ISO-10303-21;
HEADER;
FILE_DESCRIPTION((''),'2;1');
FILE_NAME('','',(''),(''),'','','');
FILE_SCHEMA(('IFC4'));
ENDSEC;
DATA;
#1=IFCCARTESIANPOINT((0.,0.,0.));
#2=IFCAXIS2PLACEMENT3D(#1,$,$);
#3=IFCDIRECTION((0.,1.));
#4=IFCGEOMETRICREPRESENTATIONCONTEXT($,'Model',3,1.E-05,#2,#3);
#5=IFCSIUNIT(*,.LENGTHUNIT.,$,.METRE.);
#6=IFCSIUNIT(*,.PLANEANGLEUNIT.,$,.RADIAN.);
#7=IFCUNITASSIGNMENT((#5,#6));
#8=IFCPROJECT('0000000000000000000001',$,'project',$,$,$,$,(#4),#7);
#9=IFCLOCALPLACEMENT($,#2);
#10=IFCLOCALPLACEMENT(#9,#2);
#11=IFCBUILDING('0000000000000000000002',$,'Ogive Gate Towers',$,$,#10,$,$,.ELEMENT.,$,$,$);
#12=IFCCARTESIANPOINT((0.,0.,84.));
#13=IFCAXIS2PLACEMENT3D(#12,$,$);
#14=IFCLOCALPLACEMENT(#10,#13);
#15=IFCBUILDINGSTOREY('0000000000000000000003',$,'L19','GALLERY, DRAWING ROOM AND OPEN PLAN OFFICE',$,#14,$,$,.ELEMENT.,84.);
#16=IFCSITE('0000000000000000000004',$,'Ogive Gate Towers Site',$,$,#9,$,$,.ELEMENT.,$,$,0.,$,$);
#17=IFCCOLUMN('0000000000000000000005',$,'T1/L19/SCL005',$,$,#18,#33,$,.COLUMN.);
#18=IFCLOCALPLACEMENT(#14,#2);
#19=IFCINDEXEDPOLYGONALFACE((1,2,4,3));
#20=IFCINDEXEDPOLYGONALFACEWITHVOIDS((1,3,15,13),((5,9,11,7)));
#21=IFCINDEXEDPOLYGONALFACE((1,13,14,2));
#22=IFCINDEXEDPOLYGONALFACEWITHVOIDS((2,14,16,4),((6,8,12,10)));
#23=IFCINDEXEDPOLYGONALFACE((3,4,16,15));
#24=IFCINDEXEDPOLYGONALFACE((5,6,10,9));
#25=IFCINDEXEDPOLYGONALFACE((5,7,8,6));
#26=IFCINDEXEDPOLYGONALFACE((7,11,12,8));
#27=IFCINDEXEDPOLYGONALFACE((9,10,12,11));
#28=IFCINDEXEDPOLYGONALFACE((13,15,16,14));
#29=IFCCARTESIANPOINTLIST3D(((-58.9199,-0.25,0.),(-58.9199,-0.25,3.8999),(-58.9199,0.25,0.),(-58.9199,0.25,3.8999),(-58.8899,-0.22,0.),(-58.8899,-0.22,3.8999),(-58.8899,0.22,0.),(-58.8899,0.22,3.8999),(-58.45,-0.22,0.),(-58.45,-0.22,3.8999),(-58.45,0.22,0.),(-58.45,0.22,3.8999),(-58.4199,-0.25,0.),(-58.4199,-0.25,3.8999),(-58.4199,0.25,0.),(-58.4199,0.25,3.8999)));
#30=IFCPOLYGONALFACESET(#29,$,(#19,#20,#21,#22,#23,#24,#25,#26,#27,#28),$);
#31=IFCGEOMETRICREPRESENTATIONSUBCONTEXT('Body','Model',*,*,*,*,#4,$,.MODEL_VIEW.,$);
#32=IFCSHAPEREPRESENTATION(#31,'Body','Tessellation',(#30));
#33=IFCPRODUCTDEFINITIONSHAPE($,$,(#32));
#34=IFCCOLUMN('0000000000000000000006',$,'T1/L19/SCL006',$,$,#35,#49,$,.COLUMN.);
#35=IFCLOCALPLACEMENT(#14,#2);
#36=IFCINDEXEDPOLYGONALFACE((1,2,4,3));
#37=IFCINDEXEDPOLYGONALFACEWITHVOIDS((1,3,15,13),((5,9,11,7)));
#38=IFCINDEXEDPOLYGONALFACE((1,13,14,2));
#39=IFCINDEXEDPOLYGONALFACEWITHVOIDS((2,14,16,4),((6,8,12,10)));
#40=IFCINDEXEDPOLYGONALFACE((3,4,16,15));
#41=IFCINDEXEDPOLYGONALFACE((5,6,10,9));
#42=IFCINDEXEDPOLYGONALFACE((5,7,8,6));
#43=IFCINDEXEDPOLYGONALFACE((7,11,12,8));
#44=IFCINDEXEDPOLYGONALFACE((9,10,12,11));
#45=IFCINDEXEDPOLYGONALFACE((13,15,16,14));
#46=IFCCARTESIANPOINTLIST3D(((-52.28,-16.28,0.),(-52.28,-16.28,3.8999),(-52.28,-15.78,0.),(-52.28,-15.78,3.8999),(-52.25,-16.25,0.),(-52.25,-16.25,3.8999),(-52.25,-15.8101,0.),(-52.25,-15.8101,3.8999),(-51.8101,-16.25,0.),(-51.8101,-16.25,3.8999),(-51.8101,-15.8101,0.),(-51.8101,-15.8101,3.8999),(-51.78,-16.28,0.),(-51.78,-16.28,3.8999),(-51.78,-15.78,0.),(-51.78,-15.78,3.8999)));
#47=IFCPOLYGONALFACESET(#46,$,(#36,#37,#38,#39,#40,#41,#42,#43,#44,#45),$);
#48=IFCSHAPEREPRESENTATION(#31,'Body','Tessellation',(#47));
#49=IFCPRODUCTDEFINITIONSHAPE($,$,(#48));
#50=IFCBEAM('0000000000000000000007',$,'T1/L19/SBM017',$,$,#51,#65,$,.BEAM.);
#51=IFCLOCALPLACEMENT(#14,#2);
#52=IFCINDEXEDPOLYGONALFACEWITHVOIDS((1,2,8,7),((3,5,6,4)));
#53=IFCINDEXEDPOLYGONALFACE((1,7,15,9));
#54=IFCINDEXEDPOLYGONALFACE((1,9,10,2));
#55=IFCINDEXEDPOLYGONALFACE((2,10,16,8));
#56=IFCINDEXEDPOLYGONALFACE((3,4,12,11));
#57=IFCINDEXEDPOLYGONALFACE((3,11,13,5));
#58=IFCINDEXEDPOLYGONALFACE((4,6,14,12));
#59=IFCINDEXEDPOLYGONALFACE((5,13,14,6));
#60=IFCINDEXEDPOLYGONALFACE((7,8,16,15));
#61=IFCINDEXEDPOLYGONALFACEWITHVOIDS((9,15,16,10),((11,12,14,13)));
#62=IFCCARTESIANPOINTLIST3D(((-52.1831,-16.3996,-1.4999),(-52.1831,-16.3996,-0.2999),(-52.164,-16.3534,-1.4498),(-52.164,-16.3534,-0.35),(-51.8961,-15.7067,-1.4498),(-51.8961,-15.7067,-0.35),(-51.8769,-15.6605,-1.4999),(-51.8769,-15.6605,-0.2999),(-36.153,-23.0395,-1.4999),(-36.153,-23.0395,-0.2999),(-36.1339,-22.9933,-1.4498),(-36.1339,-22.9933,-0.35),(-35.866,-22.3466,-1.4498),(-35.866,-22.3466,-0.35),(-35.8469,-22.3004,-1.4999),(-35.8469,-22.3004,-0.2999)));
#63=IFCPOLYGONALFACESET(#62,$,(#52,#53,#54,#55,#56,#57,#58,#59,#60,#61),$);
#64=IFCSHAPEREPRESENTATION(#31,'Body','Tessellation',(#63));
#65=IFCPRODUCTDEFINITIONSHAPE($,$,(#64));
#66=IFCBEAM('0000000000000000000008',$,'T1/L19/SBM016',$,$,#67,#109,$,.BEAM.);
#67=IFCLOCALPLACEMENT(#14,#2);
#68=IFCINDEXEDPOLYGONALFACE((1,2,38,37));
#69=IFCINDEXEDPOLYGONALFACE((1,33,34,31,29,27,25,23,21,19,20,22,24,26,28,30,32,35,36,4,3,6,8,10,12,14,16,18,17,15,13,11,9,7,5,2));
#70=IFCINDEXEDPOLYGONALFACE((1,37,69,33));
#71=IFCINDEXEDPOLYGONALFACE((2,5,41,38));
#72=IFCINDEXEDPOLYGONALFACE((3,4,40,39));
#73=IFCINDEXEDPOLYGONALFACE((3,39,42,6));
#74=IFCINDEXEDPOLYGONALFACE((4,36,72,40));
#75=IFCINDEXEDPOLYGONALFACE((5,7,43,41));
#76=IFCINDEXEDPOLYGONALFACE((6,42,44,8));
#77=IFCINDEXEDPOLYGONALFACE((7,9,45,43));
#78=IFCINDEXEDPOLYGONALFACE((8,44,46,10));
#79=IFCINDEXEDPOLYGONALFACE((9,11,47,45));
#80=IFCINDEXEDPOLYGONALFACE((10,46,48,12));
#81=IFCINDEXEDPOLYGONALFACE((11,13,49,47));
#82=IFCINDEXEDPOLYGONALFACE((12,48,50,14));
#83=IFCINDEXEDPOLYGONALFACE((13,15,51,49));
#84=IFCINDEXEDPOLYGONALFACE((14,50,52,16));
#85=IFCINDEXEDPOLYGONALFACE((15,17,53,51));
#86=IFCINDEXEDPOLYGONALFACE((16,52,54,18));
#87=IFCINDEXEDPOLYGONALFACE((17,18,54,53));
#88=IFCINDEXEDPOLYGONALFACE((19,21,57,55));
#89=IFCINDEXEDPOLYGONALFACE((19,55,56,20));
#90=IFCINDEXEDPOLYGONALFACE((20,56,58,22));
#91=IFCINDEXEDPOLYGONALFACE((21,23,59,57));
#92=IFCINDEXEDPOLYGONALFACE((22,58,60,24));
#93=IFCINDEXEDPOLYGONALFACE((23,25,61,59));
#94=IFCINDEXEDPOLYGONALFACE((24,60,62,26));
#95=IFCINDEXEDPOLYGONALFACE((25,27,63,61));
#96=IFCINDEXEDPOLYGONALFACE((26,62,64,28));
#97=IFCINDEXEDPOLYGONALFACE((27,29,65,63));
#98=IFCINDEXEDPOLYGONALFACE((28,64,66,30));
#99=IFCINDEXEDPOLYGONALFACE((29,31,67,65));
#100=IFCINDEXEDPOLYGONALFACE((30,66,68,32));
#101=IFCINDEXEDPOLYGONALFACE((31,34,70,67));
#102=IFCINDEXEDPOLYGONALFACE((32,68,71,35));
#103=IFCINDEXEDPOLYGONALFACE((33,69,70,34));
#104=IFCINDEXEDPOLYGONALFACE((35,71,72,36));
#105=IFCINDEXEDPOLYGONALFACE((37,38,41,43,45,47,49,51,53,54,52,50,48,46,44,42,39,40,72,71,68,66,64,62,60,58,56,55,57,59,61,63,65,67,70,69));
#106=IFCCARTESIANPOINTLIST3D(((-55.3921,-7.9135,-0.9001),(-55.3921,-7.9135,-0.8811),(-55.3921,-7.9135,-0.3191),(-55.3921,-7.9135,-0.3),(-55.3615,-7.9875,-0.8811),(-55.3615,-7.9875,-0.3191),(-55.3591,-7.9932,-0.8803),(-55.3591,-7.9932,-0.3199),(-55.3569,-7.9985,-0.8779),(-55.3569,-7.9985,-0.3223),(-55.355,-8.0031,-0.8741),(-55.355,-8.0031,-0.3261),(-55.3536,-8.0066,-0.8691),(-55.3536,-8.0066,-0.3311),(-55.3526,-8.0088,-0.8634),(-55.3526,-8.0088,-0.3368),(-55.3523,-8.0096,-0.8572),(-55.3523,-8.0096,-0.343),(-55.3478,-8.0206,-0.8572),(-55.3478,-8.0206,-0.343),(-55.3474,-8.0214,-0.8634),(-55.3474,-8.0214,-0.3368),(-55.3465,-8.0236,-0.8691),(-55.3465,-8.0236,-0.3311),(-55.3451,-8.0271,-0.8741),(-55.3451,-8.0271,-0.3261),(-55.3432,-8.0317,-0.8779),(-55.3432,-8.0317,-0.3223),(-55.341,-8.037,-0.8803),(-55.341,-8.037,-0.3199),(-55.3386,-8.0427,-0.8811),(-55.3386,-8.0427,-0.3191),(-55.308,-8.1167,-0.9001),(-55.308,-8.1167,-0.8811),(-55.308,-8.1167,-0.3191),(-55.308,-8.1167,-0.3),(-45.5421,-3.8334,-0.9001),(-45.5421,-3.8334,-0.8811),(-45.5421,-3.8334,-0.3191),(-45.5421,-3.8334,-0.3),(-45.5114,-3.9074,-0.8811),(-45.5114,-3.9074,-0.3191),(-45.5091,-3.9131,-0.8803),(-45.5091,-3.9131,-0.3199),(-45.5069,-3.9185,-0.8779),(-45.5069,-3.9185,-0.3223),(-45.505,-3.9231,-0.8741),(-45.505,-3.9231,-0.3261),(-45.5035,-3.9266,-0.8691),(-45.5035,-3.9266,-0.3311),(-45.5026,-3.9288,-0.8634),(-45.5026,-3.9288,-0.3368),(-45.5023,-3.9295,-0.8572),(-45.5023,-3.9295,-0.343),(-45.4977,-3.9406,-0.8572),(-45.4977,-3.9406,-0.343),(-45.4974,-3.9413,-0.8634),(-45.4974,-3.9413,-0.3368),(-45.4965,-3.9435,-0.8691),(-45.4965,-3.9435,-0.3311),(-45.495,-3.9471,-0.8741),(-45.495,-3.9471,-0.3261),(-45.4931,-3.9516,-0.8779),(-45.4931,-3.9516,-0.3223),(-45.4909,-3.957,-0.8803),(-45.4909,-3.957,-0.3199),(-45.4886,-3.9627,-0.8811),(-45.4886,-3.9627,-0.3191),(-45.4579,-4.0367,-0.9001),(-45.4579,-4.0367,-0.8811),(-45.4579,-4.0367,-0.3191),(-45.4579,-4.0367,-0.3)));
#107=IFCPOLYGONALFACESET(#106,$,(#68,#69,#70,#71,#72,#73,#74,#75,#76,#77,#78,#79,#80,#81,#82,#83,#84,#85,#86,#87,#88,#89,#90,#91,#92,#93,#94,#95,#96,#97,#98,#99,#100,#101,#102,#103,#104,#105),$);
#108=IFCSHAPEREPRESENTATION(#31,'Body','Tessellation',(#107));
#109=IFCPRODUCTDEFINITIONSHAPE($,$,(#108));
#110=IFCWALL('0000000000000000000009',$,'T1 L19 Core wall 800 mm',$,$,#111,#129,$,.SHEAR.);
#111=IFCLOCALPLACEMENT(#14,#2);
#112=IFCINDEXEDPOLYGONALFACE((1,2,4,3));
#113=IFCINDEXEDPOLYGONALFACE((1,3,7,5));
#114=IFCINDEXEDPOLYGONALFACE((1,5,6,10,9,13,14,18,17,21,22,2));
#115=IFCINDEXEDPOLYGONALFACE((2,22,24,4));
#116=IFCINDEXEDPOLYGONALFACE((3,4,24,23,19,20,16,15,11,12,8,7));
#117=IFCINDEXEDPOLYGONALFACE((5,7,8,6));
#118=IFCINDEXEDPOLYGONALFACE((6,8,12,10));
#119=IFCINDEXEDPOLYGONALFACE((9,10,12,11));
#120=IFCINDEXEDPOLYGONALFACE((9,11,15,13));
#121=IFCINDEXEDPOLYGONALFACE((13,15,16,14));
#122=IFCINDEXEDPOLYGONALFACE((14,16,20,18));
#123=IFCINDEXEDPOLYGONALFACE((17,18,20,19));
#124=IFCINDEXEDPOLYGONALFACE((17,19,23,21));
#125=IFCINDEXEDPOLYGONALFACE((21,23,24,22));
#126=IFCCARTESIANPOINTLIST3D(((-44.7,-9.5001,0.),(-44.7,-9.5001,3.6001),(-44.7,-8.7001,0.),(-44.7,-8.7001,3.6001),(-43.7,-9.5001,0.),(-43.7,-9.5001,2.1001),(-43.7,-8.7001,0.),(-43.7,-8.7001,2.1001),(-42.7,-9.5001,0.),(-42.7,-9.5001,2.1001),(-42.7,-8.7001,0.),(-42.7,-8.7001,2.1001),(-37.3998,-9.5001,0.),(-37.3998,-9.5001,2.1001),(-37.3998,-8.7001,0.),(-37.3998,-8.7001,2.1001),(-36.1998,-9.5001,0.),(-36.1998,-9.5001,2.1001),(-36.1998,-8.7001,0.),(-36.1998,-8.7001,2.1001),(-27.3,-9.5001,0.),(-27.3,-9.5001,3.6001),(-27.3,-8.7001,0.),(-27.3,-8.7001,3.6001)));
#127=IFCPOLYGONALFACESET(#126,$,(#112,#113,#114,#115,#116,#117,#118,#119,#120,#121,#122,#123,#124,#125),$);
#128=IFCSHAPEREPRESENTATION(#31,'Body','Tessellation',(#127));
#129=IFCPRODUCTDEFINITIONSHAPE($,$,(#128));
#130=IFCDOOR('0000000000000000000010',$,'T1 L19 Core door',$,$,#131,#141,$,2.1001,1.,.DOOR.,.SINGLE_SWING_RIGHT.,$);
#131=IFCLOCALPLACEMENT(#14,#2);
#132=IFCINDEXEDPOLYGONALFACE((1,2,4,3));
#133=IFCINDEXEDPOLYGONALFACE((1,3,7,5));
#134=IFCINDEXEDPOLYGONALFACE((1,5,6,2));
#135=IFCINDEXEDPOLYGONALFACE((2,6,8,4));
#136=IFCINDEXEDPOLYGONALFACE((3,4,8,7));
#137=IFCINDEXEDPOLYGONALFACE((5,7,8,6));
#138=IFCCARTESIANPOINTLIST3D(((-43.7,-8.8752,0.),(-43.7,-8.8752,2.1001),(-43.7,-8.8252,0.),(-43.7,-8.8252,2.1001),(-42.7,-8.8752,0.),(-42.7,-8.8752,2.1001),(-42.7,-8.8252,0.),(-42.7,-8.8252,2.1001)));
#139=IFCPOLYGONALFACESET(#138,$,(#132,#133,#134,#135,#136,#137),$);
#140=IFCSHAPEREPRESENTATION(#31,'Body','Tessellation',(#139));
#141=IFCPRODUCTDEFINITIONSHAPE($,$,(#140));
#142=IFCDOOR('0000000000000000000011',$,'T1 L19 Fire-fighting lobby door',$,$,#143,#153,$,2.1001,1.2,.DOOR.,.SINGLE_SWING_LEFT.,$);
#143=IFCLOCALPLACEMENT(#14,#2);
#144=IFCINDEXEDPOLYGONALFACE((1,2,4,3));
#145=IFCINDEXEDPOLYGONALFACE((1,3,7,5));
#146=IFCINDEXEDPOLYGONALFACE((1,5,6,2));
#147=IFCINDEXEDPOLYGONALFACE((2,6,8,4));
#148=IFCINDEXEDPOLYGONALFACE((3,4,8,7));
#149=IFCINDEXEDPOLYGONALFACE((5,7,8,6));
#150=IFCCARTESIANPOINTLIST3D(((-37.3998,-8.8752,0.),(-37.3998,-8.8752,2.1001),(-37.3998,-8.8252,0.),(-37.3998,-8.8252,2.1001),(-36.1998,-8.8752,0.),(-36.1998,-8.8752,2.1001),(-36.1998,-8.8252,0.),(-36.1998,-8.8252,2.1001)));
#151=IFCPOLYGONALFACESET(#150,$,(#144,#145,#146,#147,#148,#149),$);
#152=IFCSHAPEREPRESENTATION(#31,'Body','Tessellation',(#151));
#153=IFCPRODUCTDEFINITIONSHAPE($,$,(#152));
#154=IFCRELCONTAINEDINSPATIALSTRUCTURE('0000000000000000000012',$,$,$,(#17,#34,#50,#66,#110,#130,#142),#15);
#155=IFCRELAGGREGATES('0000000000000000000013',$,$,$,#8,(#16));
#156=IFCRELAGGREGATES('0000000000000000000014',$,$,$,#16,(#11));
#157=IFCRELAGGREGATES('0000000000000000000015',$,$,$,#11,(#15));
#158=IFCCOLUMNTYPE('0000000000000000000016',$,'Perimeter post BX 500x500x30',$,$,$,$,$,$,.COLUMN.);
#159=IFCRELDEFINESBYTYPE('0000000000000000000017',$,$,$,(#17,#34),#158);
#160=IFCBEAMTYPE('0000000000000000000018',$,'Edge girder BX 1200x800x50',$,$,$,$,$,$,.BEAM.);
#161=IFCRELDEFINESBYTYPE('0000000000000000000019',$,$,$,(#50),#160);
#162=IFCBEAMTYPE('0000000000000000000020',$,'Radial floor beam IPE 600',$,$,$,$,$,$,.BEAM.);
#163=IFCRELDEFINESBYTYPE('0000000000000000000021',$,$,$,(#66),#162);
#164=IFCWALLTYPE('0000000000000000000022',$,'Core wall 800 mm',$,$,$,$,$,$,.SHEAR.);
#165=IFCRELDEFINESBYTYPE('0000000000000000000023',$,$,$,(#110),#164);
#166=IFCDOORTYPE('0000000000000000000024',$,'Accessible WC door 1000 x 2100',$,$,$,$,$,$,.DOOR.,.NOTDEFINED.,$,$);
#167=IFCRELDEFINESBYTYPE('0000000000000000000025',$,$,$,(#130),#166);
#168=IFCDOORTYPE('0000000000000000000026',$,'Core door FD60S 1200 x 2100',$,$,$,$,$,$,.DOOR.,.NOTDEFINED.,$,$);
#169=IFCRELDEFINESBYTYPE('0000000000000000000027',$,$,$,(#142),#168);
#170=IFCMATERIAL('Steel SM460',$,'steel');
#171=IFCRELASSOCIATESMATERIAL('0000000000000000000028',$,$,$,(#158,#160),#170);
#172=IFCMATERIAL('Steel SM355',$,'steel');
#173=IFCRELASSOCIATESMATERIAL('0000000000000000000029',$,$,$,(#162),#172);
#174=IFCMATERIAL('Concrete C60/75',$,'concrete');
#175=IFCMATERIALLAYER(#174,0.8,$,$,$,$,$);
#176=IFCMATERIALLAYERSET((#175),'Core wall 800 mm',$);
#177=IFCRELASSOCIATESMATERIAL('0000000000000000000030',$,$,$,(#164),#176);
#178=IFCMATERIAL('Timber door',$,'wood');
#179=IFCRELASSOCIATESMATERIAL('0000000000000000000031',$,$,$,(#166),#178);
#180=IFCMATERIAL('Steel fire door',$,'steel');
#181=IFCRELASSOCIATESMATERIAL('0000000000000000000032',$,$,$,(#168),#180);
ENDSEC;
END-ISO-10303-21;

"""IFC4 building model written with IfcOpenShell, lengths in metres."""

from ifc_helpers import new_model, si_unit, direction, frame, frame_2d, origin, origin_2d, place, context, subcontext, project, spatial, rectangle, hollow_rectangle, i_section, extrude, material, layer, layer_set, material_profile, profile_set, type_object, element, fill, save


model = new_model("IFC4")

# Units and contexts
model_context = context("Model", 3, precision=1e-05, world=origin(), true_north=direction((0.0, 1.0)))
body_context = subcontext(model_context, "Body", "Model", "MODEL_VIEW")
ifc_project = project(units=[si_unit("LENGTHUNIT", "METRE"), si_unit("PLANEANGLEUNIT", "RADIAN")], contexts=[model_context])

# Site, building, storey
site_placement = place(None, origin())
site = spatial("IfcSite", under=ifc_project, at=site_placement, Name="Ogive Gate Towers Site", CompositionType="ELEMENT", RefElevation=0.0)
building_placement = place(site_placement, origin())
building = spatial("IfcBuilding", under=site, at=building_placement, Name="Ogive Gate Towers", CompositionType="ELEMENT")
storey_placement = place(building_placement, frame((0.0, 0.0, 84.0)))
storey = spatial("IfcBuildingStorey", under=building, at=storey_placement, Name="L19", Description="GALLERY, DRAWING ROOM AND OPEN PLAN OFFICE", CompositionType="ELEMENT", Elevation=84.0)

# Columns
ifc_material_1 = material(Name="Steel SM460", Category="steel")
ifc_material_profile_1 = material_profile(ifc_material_1, hollow_rectangle(XDim=0.5, YDim=0.5, WallThickness=0.03, at=origin_2d()), Name="BX 500x500x30")
ifc_profile_set_1 = profile_set([ifc_material_profile_1], Name="Steel SM460")
column_type = type_object("IfcColumnType", Name="Perimeter post BX 500x500x30", PredefinedType="COLUMN", material=ifc_profile_set_1)
for number, where, z_axis, x_axis, name in (
    (1, (-58.6699, 0.0, 0.0), (0.0, 0.0, 1.0), (1.0, 0.0, 0.0), "T1/L19/SCL005"),
    (2, (-52.03, -16.03, 0.0), (0.0, 0.0, 1.0), (1.0, 0.0, 0.0), "T1/L19/SCL006"),
):
    element("IfcColumn", number, at=place(storey_placement, frame(where, z_axis=z_axis, x_axis=x_axis)), inside=storey, type_object=column_type, Name=name, PredefinedType="COLUMN", context=body_context, shape_type="SweptSolid", body=[
        extrude(hollow_rectangle(XDim=0.5, YDim=0.5, WallThickness=0.03, at=origin_2d()), origin(), (0.0, 0.0, 1.0), 3.8999),
    ])

# Beams
ifc_material_profile_2 = material_profile(ifc_material_1, hollow_rectangle(XDim=0.8, YDim=1.2, WallThickness=0.05, at=origin_2d()), Name="BX 1200x800x50")
ifc_profile_set_2 = profile_set([ifc_material_profile_2], Name="Steel SM460")
beam_type_1 = type_object("IfcBeamType", Name="Edge girder BX 1200x800x50", PredefinedType="BEAM", material=ifc_profile_set_2)
beam_1_placement = place(storey_placement, frame((-52.03, -16.03, -0.8999), z_axis=(0.923879, -0.382685, 0.0), x_axis=(0.382685, 0.923879, 0.0)))
element("IfcBeam", 3, at=beam_1_placement, inside=storey, type_object=beam_type_1, Name="T1/L19/SBM017", PredefinedType="BEAM", context=body_context, shape_type="SweptSolid", body=[
    extrude(hollow_rectangle(XDim=0.8, YDim=1.2, WallThickness=0.05, at=origin_2d()), origin(), (0.0, 0.0, 1.0), 17.3508),
])
ifc_material_2 = material(Name="Steel SM355", Category="steel")
ifc_material_profile_3 = material_profile(ifc_material_2, i_section(OverallWidth=0.22, OverallDepth=0.6001, WebThickness=0.012, FlangeThickness=0.019, FilletRadius=0.0239, at=origin_2d()), Name="IPE 600")
ifc_profile_set_3 = profile_set([ifc_material_profile_3], Name="Steel SM355")
beam_type_2 = type_object("IfcBeamType", Name="Radial floor beam IPE 600", PredefinedType="BEAM", material=ifc_profile_set_3)
beam_2_placement = place(storey_placement, frame((-45.5, -3.9351, -0.6001), z_axis=(-0.923878, -0.382686, 0.0), x_axis=(0.382686, -0.923878, 0.0)))
element("IfcBeam", 4, at=beam_2_placement, inside=storey, type_object=beam_type_2, Name="T1/L19/SBM016", PredefinedType="BEAM", context=body_context, shape_type="SweptSolid", body=[
    extrude(i_section(OverallWidth=0.22, OverallDepth=0.6001, WebThickness=0.012, FlangeThickness=0.019, FilletRadius=0.0239, at=origin_2d()), origin(), (0.0, 0.0, 1.0), 10.6616),
])

# Wall, openings, doors
ifc_material_3 = material(Name="Concrete C60/75", Category="concrete")
ifc_layer_1 = layer(ifc_material_3, 0.8)
ifc_layer_set_1 = layer_set([ifc_layer_1], Name="Core wall 800 mm")
wall_type_1 = type_object("IfcWallType", Name="Core wall 800 mm", PredefinedType="SHEAR", material=ifc_layer_set_1)
wall_1_placement = place(storey_placement, frame((-44.7, -9.1001, 0.0), z_axis=(0.0, 0.0, 1.0), x_axis=(1.0, 0.0, 0.0)))
wall_1 = element("IfcWall", 5, at=wall_1_placement, inside=storey, type_object=wall_type_1, Name="T1 L19 Core wall 800 mm", PredefinedType="SHEAR", context=body_context, shape_type="SweptSolid", body=[
    extrude(rectangle(XDim=17.3999, YDim=0.8, at=frame_2d((8.7, 0.0))), origin(), (0.0, 0.0, 1.0), 3.6001),
])
opening_1_placement = place(wall_1_placement, frame((7.3, 0.0, 0.0)))
opening_1 = element("IfcOpeningElement", 6, at=opening_1_placement, cuts=wall_1, PredefinedType="OPENING", context=body_context, shape_type="SweptSolid", body=[
    extrude(rectangle(XDim=1.2, YDim=2.1001, at=frame_2d((0.6001, 1.05))), frame((0.0, 0.4102, 0.0), z_axis=(0.0, -1.0, 0.0), x_axis=(1.0, 0.0, 0.0)), (0.0, 0.0, 1.0), 0.8201),
])
opening_2_placement = place(wall_1_placement, frame((1.0, 0.0, 0.0)))
opening_2 = element("IfcOpeningElement", 7, at=opening_2_placement, cuts=wall_1, PredefinedType="OPENING", context=body_context, shape_type="SweptSolid", body=[
    extrude(rectangle(XDim=1.0, YDim=2.1001, at=frame_2d((0.5, 1.05))), frame((0.0, 0.4102, 0.0), z_axis=(0.0, -1.0, 0.0), x_axis=(1.0, 0.0, 0.0)), (0.0, 0.0, 1.0), 0.8201),
])
ifc_material_4 = material(Name="Timber door", Category="wood")
door_type_1 = type_object("IfcDoorType", Name="Accessible WC door 1000 x 2100", OperationType="NOTDEFINED", PredefinedType="DOOR", material=ifc_material_4)
door_1_placement = place(opening_2_placement, origin())
door_1 = element("IfcDoor", 8, at=door_1_placement, inside=storey, type_object=door_type_1, Name="T1 L19 Core door", OperationType="SINGLE_SWING_RIGHT", OverallHeight=2.1001, OverallWidth=1.0, PredefinedType="DOOR", context=body_context, shape_type="SweptSolid", body=[
    extrude(rectangle(XDim=1.0, YDim=2.1001, at=frame_2d((0.5, 1.05))), frame((0.0, 0.2749, 0.0), z_axis=(0.0, -1.0, 0.0), x_axis=(1.0, 0.0, 0.0)), (0.0, 0.0, 1.0), 0.05),
])
fill(opening_2, door_1)
ifc_material_5 = material(Name="Steel fire door", Category="steel")
door_type_2 = type_object("IfcDoorType", Name="Core door FD60S 1200 x 2100", OperationType="NOTDEFINED", PredefinedType="DOOR", material=ifc_material_5)
door_2_placement = place(opening_1_placement, origin())
door_2 = element("IfcDoor", 9, at=door_2_placement, inside=storey, type_object=door_type_2, Name="T1 L19 Fire-fighting lobby door", OperationType="SINGLE_SWING_LEFT", OverallHeight=2.1001, OverallWidth=1.2, PredefinedType="DOOR", context=body_context, shape_type="SweptSolid", body=[
    extrude(rectangle(XDim=1.2, YDim=2.1001, at=frame_2d((0.6001, 1.05))), frame((0.0, 0.2749, 0.0), z_axis=(0.0, -1.0, 0.0), x_axis=(1.0, 0.0, 0.0)), (0.0, 0.0, 1.0), 0.05),
])
fill(opening_1, door_2)

save(model, "model.ifc")
